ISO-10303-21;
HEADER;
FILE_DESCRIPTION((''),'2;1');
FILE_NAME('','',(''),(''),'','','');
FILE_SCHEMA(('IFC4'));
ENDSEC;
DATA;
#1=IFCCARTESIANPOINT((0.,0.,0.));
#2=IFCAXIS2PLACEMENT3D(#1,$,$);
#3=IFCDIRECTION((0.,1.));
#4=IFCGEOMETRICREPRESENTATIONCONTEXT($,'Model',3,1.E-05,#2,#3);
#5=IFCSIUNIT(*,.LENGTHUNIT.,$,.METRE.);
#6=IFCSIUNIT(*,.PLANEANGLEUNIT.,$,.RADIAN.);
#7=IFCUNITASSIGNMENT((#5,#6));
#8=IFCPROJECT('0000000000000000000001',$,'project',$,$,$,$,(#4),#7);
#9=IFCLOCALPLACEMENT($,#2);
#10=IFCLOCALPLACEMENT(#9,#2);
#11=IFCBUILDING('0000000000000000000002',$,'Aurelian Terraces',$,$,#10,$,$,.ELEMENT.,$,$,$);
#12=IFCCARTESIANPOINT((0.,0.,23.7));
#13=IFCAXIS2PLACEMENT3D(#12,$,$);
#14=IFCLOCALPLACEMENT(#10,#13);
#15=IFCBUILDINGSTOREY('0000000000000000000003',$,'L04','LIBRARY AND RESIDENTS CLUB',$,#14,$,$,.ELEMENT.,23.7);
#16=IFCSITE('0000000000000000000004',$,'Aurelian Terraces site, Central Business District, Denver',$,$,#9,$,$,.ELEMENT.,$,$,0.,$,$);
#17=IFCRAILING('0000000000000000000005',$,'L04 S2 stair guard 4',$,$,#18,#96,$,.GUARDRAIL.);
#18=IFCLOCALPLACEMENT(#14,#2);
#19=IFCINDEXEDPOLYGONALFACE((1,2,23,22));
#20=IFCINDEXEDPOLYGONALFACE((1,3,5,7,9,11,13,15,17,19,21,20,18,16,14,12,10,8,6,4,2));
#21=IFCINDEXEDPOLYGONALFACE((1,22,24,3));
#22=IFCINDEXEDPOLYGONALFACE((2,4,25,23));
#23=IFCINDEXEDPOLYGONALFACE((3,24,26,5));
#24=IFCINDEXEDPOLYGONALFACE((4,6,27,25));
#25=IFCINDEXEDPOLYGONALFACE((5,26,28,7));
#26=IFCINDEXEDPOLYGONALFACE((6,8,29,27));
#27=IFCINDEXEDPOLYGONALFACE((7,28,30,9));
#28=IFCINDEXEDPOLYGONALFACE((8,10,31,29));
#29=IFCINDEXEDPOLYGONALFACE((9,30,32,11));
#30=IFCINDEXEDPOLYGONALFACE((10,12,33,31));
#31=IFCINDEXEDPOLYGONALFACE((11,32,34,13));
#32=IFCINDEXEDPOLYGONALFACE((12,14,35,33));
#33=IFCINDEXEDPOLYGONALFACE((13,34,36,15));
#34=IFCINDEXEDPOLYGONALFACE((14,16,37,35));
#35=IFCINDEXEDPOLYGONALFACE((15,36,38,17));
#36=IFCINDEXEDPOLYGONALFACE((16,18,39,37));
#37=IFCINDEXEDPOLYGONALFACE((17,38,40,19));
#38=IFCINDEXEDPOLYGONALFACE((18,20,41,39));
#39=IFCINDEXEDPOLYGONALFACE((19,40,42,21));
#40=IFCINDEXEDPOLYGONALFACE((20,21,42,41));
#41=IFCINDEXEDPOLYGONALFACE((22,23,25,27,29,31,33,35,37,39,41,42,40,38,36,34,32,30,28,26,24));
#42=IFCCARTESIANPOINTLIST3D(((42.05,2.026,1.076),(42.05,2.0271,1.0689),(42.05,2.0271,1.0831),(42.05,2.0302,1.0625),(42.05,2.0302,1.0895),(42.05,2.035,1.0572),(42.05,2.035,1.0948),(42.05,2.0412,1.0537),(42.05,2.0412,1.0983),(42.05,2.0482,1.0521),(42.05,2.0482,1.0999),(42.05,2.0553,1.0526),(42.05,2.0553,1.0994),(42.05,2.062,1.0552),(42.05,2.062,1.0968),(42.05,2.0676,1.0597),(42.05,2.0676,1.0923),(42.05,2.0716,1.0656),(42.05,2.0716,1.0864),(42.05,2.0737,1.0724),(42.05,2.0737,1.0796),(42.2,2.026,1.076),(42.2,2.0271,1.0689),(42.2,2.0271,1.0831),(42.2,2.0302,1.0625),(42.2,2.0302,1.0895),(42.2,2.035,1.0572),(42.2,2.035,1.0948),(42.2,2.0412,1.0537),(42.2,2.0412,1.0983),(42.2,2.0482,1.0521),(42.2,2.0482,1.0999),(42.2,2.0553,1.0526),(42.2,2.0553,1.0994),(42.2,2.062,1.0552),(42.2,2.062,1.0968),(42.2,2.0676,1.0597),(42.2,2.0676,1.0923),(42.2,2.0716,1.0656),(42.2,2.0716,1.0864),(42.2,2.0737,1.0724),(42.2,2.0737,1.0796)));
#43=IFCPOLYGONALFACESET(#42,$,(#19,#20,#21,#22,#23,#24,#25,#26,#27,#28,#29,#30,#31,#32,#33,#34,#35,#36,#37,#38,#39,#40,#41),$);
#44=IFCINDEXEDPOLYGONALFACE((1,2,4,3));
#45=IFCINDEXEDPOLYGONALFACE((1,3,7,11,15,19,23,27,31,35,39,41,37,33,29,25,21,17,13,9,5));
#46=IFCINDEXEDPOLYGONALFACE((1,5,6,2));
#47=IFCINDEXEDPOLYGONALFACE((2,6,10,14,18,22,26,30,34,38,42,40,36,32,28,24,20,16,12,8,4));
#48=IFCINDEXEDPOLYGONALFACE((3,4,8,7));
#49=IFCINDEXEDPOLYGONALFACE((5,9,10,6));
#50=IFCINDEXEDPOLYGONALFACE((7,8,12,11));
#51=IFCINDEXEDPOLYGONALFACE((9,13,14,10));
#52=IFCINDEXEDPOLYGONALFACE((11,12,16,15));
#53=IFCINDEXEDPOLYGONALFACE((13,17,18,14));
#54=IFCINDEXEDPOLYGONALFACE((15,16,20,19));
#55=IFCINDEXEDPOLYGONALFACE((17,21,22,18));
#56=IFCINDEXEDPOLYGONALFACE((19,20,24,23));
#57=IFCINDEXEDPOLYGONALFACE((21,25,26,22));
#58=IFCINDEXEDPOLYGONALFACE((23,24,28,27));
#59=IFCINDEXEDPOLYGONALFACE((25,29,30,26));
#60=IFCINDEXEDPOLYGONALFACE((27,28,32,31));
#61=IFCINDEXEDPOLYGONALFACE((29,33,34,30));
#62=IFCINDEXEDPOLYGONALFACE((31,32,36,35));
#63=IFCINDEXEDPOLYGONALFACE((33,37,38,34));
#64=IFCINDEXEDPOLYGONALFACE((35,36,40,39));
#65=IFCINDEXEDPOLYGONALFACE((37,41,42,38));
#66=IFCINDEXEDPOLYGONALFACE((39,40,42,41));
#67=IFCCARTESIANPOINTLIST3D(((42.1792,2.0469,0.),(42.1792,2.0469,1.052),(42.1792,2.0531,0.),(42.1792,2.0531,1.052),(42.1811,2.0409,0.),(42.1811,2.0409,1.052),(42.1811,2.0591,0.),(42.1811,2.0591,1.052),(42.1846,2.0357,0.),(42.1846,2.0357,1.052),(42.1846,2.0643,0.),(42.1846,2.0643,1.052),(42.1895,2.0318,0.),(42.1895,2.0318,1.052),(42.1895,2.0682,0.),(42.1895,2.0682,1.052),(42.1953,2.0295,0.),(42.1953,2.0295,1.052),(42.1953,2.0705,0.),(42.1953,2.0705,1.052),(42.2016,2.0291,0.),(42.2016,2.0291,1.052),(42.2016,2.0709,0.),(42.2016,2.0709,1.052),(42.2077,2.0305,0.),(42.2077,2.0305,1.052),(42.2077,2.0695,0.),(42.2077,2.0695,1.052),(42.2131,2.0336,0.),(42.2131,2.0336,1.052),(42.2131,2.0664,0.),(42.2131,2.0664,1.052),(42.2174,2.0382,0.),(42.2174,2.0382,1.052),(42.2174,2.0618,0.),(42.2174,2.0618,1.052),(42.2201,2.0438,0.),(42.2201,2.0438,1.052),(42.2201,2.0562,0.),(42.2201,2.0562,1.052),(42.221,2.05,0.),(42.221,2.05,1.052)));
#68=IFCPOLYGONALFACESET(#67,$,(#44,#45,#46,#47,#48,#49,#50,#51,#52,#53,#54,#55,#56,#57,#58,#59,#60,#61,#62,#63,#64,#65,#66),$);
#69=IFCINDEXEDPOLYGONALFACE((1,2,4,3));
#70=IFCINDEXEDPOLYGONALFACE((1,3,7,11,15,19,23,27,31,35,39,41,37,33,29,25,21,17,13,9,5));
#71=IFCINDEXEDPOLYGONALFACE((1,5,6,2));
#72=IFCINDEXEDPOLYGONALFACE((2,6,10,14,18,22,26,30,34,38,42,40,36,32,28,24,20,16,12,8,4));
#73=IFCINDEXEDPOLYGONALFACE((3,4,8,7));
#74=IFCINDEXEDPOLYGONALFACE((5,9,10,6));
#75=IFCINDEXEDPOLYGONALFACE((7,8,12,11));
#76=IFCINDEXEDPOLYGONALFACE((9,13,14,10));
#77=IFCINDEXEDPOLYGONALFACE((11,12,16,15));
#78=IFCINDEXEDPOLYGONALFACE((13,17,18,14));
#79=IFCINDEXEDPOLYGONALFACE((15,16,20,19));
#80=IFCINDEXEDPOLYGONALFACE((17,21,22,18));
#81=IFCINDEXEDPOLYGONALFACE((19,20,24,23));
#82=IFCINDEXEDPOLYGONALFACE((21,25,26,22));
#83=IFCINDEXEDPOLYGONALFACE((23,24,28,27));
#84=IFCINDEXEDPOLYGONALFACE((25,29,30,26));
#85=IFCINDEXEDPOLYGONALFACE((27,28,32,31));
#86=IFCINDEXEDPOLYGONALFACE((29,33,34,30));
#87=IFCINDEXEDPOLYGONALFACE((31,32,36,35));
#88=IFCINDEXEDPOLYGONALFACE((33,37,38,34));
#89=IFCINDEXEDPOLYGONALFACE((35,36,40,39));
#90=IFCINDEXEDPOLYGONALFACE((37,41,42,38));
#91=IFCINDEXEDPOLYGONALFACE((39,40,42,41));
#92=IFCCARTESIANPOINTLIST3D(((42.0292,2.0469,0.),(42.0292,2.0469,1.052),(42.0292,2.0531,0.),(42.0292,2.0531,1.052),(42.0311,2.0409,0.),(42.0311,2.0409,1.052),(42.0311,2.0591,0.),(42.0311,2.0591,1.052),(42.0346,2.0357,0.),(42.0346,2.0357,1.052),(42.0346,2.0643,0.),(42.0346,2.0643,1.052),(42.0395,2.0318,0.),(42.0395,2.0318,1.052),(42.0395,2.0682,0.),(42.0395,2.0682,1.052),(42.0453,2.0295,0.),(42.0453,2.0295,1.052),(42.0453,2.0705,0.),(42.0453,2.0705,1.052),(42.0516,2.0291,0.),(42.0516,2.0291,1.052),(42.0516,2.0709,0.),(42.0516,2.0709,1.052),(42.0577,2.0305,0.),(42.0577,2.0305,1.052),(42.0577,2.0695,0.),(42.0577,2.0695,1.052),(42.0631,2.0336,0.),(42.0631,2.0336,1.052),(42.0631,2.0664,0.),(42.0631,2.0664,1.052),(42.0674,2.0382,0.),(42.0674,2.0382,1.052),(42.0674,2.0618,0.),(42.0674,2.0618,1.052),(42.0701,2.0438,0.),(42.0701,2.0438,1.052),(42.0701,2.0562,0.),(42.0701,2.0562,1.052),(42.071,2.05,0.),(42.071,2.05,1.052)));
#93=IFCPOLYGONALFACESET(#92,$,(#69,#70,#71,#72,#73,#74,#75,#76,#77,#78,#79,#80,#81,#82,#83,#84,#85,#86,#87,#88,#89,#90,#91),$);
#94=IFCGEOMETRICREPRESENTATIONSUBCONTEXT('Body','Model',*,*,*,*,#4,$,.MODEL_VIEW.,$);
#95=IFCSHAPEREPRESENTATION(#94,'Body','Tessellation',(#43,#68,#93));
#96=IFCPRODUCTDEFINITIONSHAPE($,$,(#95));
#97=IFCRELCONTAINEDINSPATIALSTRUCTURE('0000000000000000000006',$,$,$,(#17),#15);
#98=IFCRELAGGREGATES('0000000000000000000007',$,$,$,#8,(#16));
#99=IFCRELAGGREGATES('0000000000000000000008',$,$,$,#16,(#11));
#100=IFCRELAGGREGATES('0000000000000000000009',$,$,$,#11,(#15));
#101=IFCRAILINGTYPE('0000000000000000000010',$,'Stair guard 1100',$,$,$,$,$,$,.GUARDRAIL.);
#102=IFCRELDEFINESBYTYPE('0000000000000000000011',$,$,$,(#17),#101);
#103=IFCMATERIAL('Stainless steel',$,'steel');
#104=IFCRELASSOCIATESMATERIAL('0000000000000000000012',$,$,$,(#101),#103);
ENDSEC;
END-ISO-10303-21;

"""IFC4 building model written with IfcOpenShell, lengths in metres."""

from ifc_helpers import new_model, si_unit, direction, frame, origin, origin_2d, place, context, subcontext, project, spatial, circle, extrude, source, transform, mapped, material, type_object, element, save


model = new_model("IFC4")

# Units and contexts
model_context = context("Model", 3, precision=1e-05, world=origin(), true_north=direction((0.0, 1.0)))
body_context = subcontext(model_context, "Body", "Model", "MODEL_VIEW")
ifc_project = project(units=[si_unit("LENGTHUNIT", "METRE"), si_unit("PLANEANGLEUNIT", "RADIAN")], contexts=[model_context])

# Site, building, storey
site_placement = place(None, origin())
site = spatial("IfcSite", under=ifc_project, at=site_placement, Name="Aurelian Terraces site, Central Business District, Denver", CompositionType="ELEMENT", RefElevation=0.0)
building_placement = place(site_placement, origin())
building = spatial("IfcBuilding", under=site, at=building_placement, Name="Aurelian Terraces", CompositionType="ELEMENT")
storey_placement = place(building_placement, frame((0.0, 0.0, 23.7)))
storey = spatial("IfcBuildingStorey", under=building, at=storey_placement, Name="L04", Description="LIBRARY AND RESIDENTS CLUB", CompositionType="ELEMENT", Elevation=23.7)

# Railing
ifc_material_1 = material(Name="Stainless steel", Category="steel")
railing_type_1 = type_object("IfcRailingType", Name="Stair guard 1100", PredefinedType="GUARDRAIL", material=ifc_material_1)
shared_shape_1 = source(origin(), body_context, "Body", "SweptSolid", [
    extrude(circle(Radius=0.024, at=origin_2d()), frame((0.0, 0.0, 1.076), z_axis=(-1.0, 0.0, 0.0), x_axis=(0.0, -1.0, 0.0)), (0.0, 0.0, 1.0), 0.15),
    extrude(circle(Radius=0.021, at=origin_2d()), origin(), (0.0, 0.0, 1.0), 1.052),
    extrude(circle(Radius=0.021, at=origin_2d()), frame((-0.15, 0.0, 0.0)), (0.0, 0.0, 1.0), 1.052),
])
for number, where, name in (
    (1, (42.2, 2.05, 0.0), "L04 S2 stair guard 4"),
):
    element("IfcRailing", number, at=place(storey_placement, frame(where)), inside=storey, type_object=railing_type_1, Name=name, PredefinedType="GUARDRAIL", context=body_context, shape_type="MappedRepresentation", body=[
        mapped(shared_shape_1, transform((0.0, 0.0, 0.0), scale=1.0)),
    ])

save(model, "model.ifc")
